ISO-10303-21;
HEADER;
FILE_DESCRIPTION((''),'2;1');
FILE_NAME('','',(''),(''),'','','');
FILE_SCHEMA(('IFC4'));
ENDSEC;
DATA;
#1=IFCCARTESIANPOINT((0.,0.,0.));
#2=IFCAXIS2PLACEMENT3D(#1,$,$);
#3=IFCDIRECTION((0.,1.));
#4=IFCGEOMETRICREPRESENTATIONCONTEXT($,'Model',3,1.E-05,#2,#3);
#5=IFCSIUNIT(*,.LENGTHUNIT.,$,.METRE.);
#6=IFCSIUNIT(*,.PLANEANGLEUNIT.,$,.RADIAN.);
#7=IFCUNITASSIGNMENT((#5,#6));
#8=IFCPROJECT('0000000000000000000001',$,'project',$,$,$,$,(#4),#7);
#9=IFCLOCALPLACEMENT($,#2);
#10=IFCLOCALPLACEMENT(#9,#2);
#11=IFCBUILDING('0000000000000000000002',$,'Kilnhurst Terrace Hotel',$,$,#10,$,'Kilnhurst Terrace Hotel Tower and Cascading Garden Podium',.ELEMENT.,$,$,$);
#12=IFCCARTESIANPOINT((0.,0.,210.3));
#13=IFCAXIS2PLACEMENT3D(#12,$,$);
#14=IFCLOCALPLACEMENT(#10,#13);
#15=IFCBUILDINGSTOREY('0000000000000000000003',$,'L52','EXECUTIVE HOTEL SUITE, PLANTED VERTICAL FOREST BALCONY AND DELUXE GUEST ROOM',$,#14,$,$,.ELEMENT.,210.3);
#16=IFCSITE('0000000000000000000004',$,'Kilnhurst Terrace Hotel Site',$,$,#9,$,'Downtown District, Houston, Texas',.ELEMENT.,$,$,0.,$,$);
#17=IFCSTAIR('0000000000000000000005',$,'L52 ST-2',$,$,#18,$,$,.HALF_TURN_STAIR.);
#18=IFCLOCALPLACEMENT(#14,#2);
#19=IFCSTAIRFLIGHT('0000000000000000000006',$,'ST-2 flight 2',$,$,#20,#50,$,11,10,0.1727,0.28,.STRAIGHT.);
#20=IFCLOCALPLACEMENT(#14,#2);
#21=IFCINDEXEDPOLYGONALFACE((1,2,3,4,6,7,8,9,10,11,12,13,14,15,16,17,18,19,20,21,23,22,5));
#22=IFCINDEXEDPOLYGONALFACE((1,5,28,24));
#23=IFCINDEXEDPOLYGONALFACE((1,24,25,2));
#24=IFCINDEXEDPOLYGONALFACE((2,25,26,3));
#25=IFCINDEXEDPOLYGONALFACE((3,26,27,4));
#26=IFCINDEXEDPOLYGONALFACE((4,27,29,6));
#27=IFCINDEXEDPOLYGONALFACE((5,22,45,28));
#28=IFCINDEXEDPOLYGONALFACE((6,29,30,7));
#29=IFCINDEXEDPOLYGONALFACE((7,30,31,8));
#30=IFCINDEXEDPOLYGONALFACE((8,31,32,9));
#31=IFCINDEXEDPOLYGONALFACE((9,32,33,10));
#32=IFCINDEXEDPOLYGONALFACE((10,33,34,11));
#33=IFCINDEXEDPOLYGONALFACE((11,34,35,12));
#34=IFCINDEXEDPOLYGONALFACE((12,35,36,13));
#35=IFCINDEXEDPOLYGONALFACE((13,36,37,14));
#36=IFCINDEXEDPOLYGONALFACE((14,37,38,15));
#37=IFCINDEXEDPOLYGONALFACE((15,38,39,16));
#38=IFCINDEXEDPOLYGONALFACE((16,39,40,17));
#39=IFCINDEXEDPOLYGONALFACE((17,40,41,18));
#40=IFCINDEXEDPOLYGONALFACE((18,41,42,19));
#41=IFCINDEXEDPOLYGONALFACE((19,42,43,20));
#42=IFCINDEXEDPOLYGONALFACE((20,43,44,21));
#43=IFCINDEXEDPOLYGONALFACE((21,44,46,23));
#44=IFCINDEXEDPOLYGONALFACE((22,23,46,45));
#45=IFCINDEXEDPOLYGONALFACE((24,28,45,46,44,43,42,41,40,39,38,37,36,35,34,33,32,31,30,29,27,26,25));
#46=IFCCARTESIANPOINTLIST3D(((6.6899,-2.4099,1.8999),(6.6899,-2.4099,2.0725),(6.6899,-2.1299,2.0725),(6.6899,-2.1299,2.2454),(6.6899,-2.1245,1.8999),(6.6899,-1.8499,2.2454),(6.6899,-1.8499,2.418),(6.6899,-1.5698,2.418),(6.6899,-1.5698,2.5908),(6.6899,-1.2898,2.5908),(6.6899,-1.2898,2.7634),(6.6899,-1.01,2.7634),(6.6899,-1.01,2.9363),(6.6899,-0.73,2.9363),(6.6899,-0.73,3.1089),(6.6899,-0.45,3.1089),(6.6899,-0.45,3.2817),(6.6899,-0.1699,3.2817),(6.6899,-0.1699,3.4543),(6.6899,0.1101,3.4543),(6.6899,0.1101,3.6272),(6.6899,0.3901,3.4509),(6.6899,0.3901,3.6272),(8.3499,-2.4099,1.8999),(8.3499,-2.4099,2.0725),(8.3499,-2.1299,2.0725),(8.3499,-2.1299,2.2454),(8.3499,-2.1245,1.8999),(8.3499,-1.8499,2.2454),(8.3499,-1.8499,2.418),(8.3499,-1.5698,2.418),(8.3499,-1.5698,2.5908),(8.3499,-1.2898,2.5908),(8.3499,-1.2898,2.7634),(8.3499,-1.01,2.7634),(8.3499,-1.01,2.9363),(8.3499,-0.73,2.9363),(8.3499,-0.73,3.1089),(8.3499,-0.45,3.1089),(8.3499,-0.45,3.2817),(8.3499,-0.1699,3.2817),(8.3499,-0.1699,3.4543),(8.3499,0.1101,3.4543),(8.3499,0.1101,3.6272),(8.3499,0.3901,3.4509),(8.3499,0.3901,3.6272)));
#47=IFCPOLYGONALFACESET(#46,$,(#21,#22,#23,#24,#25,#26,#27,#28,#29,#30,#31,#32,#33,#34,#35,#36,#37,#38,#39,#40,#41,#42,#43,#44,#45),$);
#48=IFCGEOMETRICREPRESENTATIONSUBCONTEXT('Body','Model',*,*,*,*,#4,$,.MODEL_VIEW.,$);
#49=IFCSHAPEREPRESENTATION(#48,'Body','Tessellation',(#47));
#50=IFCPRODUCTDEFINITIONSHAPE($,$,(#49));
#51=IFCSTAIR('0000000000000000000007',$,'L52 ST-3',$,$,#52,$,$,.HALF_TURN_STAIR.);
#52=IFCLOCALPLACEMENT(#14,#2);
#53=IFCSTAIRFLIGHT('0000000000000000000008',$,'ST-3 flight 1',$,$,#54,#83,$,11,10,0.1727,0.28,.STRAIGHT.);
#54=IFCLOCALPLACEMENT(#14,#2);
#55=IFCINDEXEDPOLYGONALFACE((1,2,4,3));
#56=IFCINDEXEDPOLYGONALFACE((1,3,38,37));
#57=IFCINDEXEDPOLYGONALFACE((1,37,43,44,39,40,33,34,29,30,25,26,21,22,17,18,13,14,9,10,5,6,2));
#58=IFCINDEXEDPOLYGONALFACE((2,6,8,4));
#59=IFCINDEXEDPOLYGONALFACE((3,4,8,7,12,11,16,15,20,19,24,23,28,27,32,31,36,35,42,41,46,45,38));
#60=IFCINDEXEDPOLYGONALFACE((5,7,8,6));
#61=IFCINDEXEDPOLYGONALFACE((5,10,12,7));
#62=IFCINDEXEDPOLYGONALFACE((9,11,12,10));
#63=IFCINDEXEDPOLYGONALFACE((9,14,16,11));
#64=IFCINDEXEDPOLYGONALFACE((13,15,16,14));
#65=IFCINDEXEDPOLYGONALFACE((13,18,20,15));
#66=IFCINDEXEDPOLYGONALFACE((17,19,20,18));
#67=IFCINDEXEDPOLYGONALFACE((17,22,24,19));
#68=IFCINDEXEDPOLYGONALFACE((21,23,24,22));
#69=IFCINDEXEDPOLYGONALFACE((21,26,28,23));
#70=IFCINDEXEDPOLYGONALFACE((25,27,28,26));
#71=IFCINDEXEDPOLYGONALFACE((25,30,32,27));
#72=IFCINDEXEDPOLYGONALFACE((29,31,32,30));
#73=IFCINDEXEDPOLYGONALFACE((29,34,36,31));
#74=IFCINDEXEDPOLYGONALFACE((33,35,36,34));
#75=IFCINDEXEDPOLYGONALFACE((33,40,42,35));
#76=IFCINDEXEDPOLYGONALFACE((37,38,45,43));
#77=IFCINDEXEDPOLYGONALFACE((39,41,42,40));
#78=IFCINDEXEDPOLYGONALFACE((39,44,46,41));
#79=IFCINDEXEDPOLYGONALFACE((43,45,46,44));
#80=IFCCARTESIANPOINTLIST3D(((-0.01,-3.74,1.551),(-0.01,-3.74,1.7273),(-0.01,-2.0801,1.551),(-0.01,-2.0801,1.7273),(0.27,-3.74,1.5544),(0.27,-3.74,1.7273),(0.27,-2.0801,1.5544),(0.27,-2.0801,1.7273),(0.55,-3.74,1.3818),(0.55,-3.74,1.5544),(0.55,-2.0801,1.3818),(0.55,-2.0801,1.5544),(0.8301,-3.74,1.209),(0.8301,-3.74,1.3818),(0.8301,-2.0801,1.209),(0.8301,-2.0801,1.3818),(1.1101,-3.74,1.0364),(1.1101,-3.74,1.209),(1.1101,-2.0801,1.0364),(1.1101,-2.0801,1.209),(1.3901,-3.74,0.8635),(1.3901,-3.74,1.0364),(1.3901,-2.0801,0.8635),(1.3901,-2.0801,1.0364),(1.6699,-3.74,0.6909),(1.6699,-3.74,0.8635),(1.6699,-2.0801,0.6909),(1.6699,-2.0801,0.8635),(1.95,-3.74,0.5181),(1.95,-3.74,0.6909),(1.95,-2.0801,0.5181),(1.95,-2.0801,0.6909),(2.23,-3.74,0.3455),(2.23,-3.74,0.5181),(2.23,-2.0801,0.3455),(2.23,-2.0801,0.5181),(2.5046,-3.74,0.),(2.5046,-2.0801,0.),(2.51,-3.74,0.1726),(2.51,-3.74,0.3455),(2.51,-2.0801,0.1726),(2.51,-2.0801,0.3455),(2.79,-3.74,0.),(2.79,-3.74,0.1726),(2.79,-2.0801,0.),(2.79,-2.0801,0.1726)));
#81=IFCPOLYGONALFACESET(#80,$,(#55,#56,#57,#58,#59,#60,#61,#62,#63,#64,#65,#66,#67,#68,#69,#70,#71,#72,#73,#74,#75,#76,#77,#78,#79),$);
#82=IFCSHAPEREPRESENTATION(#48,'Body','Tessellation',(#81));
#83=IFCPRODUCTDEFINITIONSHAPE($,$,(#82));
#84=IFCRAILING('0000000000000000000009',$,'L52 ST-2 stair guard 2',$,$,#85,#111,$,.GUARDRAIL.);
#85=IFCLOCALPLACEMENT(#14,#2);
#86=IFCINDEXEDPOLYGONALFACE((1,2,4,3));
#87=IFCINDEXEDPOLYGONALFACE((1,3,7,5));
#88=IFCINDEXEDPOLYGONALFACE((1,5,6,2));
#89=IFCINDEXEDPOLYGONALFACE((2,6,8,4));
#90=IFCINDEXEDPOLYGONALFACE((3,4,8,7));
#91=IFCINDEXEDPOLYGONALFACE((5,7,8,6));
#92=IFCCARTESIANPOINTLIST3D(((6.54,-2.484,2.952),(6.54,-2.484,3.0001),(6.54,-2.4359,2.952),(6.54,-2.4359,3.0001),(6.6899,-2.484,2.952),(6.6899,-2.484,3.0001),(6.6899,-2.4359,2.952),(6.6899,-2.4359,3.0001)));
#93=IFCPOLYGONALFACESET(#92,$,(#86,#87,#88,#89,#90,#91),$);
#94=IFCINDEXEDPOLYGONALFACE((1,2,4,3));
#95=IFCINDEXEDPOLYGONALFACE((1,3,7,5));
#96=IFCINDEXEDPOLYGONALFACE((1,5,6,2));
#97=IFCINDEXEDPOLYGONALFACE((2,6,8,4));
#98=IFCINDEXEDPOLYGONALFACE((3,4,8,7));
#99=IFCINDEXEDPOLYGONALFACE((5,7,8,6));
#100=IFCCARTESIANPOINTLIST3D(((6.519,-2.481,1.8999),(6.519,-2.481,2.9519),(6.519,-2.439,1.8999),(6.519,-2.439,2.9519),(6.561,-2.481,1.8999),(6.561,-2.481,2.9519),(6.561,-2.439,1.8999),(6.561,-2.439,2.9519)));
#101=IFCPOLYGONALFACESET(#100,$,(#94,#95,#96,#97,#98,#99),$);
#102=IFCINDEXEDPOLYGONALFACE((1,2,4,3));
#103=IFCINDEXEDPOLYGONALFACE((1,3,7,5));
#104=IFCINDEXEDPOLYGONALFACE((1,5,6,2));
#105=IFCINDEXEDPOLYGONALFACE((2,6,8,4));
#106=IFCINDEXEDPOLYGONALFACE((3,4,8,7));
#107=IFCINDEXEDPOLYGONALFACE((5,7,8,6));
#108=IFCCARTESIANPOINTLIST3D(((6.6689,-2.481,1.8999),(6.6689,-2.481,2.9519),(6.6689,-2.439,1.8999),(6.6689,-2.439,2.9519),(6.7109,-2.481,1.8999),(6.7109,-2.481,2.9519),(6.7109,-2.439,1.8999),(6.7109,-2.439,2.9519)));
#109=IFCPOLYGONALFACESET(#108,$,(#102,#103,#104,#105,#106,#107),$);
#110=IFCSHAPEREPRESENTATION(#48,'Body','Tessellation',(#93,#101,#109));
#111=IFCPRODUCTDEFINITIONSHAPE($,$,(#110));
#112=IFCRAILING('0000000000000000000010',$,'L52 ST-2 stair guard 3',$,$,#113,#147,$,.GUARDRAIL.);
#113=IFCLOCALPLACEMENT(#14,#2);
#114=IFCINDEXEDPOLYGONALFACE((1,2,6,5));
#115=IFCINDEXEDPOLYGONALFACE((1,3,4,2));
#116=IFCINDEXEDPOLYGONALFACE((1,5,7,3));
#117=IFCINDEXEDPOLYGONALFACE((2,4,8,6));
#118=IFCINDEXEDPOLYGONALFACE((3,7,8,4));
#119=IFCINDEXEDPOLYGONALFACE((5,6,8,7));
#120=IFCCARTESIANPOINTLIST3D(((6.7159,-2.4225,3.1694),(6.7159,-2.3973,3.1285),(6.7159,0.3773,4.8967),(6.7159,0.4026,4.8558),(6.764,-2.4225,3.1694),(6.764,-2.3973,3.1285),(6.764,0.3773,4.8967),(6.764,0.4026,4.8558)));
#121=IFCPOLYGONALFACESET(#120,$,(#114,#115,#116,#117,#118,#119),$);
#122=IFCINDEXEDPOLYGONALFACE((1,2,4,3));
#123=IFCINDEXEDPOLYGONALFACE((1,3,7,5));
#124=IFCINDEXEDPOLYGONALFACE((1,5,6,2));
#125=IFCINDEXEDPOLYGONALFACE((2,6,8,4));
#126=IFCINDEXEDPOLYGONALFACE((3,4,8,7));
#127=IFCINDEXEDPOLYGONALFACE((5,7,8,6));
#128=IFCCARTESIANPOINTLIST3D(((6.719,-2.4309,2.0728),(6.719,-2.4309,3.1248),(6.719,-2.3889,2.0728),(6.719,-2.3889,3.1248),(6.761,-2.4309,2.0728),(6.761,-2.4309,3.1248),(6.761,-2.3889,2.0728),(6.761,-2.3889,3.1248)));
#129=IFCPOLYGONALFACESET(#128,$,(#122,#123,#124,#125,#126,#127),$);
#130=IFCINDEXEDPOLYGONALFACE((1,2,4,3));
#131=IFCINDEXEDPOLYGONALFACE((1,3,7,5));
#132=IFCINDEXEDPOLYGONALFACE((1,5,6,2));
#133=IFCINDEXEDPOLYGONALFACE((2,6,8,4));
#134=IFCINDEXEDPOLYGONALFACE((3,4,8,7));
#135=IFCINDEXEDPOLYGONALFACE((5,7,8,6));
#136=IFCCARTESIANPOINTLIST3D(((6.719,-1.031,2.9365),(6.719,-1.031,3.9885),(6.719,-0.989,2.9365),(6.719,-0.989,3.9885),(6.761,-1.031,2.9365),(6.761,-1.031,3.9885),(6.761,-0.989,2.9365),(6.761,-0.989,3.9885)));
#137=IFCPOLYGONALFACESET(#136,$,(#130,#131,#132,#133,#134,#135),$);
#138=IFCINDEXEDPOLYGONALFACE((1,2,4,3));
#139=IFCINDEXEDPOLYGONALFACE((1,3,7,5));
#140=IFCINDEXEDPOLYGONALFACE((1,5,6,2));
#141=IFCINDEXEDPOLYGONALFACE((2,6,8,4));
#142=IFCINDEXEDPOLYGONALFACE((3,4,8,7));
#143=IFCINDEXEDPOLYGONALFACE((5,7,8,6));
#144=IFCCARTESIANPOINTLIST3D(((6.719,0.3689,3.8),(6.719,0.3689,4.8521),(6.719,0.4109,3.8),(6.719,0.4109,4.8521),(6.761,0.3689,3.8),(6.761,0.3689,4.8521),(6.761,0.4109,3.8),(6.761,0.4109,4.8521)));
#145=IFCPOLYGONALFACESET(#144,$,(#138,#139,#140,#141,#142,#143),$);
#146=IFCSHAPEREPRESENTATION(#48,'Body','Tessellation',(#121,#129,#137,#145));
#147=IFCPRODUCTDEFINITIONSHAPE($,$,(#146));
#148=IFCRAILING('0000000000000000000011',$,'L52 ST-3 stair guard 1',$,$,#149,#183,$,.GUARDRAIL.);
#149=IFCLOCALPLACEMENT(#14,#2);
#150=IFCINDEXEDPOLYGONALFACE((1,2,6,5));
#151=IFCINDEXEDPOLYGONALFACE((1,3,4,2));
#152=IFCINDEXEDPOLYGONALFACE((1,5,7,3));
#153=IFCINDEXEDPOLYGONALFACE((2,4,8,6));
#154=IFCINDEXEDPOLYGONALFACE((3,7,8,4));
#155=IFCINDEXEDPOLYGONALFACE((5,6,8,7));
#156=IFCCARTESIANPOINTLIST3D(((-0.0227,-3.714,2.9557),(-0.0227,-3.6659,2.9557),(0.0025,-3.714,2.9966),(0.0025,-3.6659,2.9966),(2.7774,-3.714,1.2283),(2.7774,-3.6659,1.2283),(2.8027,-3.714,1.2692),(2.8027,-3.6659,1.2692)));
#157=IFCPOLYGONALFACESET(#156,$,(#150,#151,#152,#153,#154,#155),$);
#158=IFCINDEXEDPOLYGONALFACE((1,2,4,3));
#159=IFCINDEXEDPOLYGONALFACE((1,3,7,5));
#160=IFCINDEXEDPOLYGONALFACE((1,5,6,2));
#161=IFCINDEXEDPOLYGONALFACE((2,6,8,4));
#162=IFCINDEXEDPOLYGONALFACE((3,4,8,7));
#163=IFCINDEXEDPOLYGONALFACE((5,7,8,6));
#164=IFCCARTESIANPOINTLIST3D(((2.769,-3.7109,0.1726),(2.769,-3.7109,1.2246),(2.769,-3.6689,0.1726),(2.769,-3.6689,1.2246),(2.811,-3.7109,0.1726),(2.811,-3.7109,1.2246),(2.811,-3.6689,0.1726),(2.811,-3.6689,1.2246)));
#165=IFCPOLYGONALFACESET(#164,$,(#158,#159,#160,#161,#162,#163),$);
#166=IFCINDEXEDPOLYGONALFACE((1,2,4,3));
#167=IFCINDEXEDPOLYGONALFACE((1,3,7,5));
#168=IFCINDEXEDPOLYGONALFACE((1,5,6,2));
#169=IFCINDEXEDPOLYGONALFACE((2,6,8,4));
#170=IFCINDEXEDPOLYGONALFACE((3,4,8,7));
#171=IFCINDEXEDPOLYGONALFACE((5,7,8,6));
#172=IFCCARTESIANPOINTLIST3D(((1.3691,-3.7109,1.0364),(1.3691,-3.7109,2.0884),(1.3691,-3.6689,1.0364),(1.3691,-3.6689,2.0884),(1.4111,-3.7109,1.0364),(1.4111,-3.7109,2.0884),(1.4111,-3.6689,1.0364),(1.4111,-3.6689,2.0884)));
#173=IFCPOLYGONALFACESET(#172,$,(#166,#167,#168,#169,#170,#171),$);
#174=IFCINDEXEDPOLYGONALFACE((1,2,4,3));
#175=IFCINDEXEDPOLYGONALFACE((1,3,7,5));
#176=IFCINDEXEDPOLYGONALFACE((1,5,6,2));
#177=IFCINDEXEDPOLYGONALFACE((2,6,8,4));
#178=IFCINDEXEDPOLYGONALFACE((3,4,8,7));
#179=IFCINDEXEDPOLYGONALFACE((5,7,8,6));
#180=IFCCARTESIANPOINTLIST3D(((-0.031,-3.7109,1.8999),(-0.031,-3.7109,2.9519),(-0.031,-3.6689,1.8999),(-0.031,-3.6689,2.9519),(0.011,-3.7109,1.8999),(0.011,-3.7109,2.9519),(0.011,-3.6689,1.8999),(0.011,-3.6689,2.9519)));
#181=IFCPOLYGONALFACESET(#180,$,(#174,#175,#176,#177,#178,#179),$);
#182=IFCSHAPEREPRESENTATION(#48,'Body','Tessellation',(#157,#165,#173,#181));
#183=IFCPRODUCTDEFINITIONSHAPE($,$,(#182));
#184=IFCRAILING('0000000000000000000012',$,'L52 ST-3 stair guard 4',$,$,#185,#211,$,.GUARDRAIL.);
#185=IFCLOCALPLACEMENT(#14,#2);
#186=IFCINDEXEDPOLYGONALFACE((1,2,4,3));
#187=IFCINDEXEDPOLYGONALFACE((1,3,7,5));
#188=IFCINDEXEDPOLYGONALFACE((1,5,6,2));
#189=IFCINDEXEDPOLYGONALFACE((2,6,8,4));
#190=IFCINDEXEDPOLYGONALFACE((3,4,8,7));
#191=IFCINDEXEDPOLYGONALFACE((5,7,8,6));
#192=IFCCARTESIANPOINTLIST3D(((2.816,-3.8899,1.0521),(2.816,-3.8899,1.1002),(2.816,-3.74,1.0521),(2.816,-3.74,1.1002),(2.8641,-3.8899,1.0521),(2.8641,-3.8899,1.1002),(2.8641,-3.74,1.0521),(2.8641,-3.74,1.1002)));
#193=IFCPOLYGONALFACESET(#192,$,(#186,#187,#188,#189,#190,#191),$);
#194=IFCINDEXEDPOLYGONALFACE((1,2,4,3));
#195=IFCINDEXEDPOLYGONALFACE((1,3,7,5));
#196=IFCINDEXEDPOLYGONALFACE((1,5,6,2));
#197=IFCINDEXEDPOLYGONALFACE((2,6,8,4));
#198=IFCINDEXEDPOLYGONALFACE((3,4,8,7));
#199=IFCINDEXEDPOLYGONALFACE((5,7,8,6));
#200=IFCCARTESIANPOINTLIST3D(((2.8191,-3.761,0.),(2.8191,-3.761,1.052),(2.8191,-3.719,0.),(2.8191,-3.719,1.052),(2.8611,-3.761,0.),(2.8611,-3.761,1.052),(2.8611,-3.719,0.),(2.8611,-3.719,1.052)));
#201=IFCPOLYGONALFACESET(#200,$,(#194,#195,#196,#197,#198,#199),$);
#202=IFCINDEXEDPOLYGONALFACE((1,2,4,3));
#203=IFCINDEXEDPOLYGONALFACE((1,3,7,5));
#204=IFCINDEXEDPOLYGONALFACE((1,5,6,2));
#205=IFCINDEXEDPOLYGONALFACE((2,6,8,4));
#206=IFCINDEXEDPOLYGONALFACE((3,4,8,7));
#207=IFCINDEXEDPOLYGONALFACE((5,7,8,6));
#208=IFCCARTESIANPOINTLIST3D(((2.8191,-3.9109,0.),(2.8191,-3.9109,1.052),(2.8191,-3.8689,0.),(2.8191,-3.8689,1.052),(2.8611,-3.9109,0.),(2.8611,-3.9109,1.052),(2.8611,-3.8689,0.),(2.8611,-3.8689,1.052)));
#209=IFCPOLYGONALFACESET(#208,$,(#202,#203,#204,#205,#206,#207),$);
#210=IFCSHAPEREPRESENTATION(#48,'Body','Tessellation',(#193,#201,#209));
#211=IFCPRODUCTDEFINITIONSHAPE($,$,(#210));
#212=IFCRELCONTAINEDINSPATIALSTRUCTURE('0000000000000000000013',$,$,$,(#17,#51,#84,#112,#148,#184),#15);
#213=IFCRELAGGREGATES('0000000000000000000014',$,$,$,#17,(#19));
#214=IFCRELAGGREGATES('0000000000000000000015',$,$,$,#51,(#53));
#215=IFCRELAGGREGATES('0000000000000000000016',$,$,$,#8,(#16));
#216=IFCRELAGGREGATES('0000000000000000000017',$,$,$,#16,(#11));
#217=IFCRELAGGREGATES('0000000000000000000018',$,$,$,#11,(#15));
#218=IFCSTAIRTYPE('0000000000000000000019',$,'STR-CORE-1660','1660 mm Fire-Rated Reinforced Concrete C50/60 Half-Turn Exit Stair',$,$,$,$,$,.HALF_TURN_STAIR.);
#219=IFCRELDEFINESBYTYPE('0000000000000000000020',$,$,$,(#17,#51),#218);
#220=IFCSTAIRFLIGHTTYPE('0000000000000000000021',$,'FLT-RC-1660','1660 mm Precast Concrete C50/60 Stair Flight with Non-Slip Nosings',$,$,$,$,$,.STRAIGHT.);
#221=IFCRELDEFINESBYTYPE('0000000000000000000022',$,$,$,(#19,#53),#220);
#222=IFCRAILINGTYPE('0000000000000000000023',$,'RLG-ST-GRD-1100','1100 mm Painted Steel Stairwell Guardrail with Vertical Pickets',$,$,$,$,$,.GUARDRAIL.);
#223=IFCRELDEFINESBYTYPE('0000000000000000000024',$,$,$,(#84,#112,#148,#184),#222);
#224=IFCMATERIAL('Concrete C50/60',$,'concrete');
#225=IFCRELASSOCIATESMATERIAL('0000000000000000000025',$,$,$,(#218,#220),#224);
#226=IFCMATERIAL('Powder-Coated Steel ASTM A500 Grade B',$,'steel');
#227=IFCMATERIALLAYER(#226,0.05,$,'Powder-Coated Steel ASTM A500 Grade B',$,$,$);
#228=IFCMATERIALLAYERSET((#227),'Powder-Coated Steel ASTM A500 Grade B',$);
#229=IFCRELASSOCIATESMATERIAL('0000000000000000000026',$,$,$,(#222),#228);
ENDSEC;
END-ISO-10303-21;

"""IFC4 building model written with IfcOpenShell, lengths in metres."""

from ifc_helpers import new_model, si_unit, direction, frame, origin, origin_2d, place, context, subcontext, project, spatial, polyline, rectangle, outline, extrude, material, layer, layer_set, type_object, element, aggregate, save


model = new_model("IFC4")

# Units and contexts
model_context = context("Model", 3, precision=1e-05, world=origin(), true_north=direction((0.0, 1.0)))
body_context = subcontext(model_context, "Body", "Model", "MODEL_VIEW")
ifc_project = project(units=[si_unit("LENGTHUNIT", "METRE"), si_unit("PLANEANGLEUNIT", "RADIAN")], contexts=[model_context])

# Site, building, storey
site_placement = place(None, origin())
site = spatial("IfcSite", under=ifc_project, at=site_placement, Name="Kilnhurst Terrace Hotel Site", LongName="Downtown District, Houston, Texas", CompositionType="ELEMENT", RefElevation=0.0)
building_placement = place(site_placement, origin())
building = spatial("IfcBuilding", under=site, at=building_placement, Name="Kilnhurst Terrace Hotel", LongName="Kilnhurst Terrace Hotel Tower and Cascading Garden Podium", CompositionType="ELEMENT")
storey_placement = place(building_placement, frame((0.0, 0.0, 210.3)))
storey = spatial("IfcBuildingStorey", under=building, at=storey_placement, Name="L52", Description="EXECUTIVE HOTEL SUITE, PLANTED VERTICAL FOREST BALCONY AND DELUXE GUEST ROOM", CompositionType="ELEMENT", Elevation=210.3)

# Shared definitions
ifc_material_1 = material(Name="Concrete C50/60", Category="concrete")

# Stairs, stair flights
stair_type = type_object("IfcStairType", Name="STR-CORE-1660", Description="1660 mm Fire-Rated Reinforced Concrete C50/60 Half-Turn Exit Stair", PredefinedType="HALF_TURN_STAIR", material=ifc_material_1)
stair_1_placement = place(storey_placement, origin())
stair_1 = element("IfcStair", 1, at=stair_1_placement, inside=storey, type_object=stair_type, Name="L52 ST-2", PredefinedType="HALF_TURN_STAIR")
stair_flight_type = type_object("IfcStairFlightType", Name="FLT-RC-1660", Description="1660 mm Precast Concrete C50/60 Stair Flight with Non-Slip Nosings", PredefinedType="STRAIGHT", material=ifc_material_1)
stair_flight_1_placement = place(storey_placement, frame((7.52, -2.4099, 1.8999), z_axis=(0.0, 0.0, 1.0), x_axis=(0.0, 1.0, 0.0)))
stair_flight_1 = element("IfcStairFlight", 2, at=stair_flight_1_placement, type_object=stair_flight_type, Name="ST-2 flight 2", NumberOfRisers=11, NumberOfTreads=10, PredefinedType="STRAIGHT", RiserHeight=0.1727, TreadLength=0.28, context=body_context, shape_type="SweptSolid", body=[
    extrude(outline(polyline([(0.0, 0.0), (0.0, 0.1726), (0.28, 0.1726), (0.28, 0.3455), (0.5601, 0.3455), (0.5601, 0.5181), (0.8401, 0.5181), (0.8401, 0.6909), (1.1201, 0.6909), (1.1201, 0.8635), (1.3999, 0.8635), (1.3999, 1.0364), (1.6799, 1.0364), (1.6799, 1.209), (1.96, 1.209), (1.96, 1.3818), (2.24, 1.3818), (2.24, 1.5544), (2.52, 1.5544), (2.52, 1.7273), (2.8, 1.7273), (2.8, 1.8999), (2.8, 1.551), (0.2854, 0.0), (0.0, 0.0)])), frame((0.0, 0.8301, 0.0), z_axis=(0.0, -1.0, 0.0), x_axis=(1.0, 0.0, 0.0)), (0.0, 0.0, 1.0), 1.6599),
])
aggregate(stair_1, [stair_flight_1])
stair_2_placement = place(storey_placement, origin())
stair_2 = element("IfcStair", 3, at=stair_2_placement, inside=storey, type_object=stair_type, Name="L52 ST-3", PredefinedType="HALF_TURN_STAIR")
stair_flight_2_placement = place(storey_placement, frame((2.79, -2.9099, 0.0), z_axis=(0.0, 0.0, 1.0), x_axis=(-1.0, 0.0, 0.0)))
stair_flight_2 = element("IfcStairFlight", 4, at=stair_flight_2_placement, type_object=stair_flight_type, Name="ST-3 flight 1", NumberOfRisers=11, NumberOfTreads=10, PredefinedType="STRAIGHT", RiserHeight=0.1727, TreadLength=0.28, context=body_context, shape_type="SweptSolid", body=[
    extrude(outline(polyline([(0.0, 0.0), (0.0, 0.1726), (0.28, 0.1726), (0.28, 0.3455), (0.5601, 0.3455), (0.5601, 0.5181), (0.8401, 0.5181), (0.8401, 0.6909), (1.1201, 0.6909), (1.1201, 0.8635), (1.3999, 0.8635), (1.3999, 1.0364), (1.6799, 1.0364), (1.6799, 1.209), (1.96, 1.209), (1.96, 1.3818), (2.24, 1.3818), (2.24, 1.5544), (2.52, 1.5544), (2.52, 1.7273), (2.8, 1.7273), (2.8, 1.8999), (2.8, 1.551), (0.2854, 0.0), (0.0, 0.0)])), frame((0.0, 0.8301, 0.0), z_axis=(0.0, -1.0, 0.0), x_axis=(1.0, 0.0, 0.0)), (0.0, 0.0, 1.0), 1.6599),
])
aggregate(stair_2, [stair_flight_2])

# Railings
ifc_material_2 = material(Name="Powder-Coated Steel ASTM A500 Grade B", Category="steel")
ifc_layer_1 = layer(ifc_material_2, 0.05, Name="Powder-Coated Steel ASTM A500 Grade B")
ifc_layer_set_1 = layer_set([ifc_layer_1], Name="Powder-Coated Steel ASTM A500 Grade B")
railing_type_1 = type_object("IfcRailingType", Name="RLG-ST-GRD-1100", Description="1100 mm Painted Steel Stairwell Guardrail with Vertical Pickets", PredefinedType="GUARDRAIL", material=ifc_layer_set_1)
railing_1_placement = place(storey_placement, frame((6.54, -2.46, 1.8999)))
element("IfcRailing", 5, at=railing_1_placement, inside=storey, type_object=railing_type_1, Name="L52 ST-2 stair guard 2", PredefinedType="GUARDRAIL", context=body_context, shape_type="SweptSolid", body=[
    extrude(rectangle(XDim=0.0481, YDim=0.0481, at=origin_2d()), frame((0.0, 0.0, 1.0762), z_axis=(1.0, 0.0, 0.0), x_axis=(0.0, 1.0, 0.0)), (0.0, 0.0, 1.0), 0.1499),
    extrude(rectangle(XDim=0.042, YDim=0.042, at=origin_2d()), origin(), (0.0, 0.0, 1.0), 1.052),
    extrude(rectangle(XDim=0.042, YDim=0.042, at=origin_2d()), frame((0.1499, 0.0, 0.0)), (0.0, 0.0, 1.0), 1.052),
])
railing_2_placement = place(storey_placement, frame((6.74, -2.4099, 2.0728)))
element("IfcRailing", 6, at=railing_2_placement, inside=storey, type_object=railing_type_1, Name="L52 ST-2 stair guard 3", PredefinedType="GUARDRAIL", context=body_context, shape_type="SweptSolid", body=[
    extrude(rectangle(XDim=0.0481, YDim=0.0481, at=origin_2d()), frame((0.0, 0.0, 1.0762), z_axis=(0.0, 0.851069, 0.525054), x_axis=(-1.0, 0.0, 0.0)), (0.0, 0.0, 1.0), 3.2898),
    extrude(rectangle(XDim=0.042, YDim=0.042, at=origin_2d()), origin(), (0.0, 0.0, 1.0), 1.052),
    extrude(rectangle(XDim=0.042, YDim=0.042, at=origin_2d()), frame((0.0, 1.3999, 0.8638)), (0.0, 0.0, 1.0), 1.052),
    extrude(rectangle(XDim=0.042, YDim=0.042, at=origin_2d()), frame((0.0, 2.7998, 1.7273)), (0.0, 0.0, 1.0), 1.052),
])
railing_3_placement = place(storey_placement, frame((2.79, -3.6899, 0.1726)))
element("IfcRailing", 7, at=railing_3_placement, inside=storey, type_object=railing_type_1, Name="L52 ST-3 stair guard 1", PredefinedType="GUARDRAIL", context=body_context, shape_type="SweptSolid", body=[
    extrude(rectangle(XDim=0.0481, YDim=0.0481, at=origin_2d()), frame((0.0, 0.0, 1.0762), z_axis=(-0.85109, 0.0, 0.52502), x_axis=(0.0, -1.0, 0.0)), (0.0, 0.0, 1.0), 3.29),
    extrude(rectangle(XDim=0.042, YDim=0.042, at=origin_2d()), origin(), (0.0, 0.0, 1.0), 1.052),
    extrude(rectangle(XDim=0.042, YDim=0.042, at=origin_2d()), frame((-1.3999, 0.0, 0.8638)), (0.0, 0.0, 1.0), 1.052),
    extrude(rectangle(XDim=0.042, YDim=0.042, at=origin_2d()), frame((-2.8, 0.0, 1.7273)), (0.0, 0.0, 1.0), 1.052),
])
railing_4_placement = place(storey_placement, frame((2.8401, -3.74, 0.0)))
element("IfcRailing", 8, at=railing_4_placement, inside=storey, type_object=railing_type_1, Name="L52 ST-3 stair guard 4", PredefinedType="GUARDRAIL", context=body_context, shape_type="SweptSolid", body=[
    extrude(rectangle(XDim=0.0481, YDim=0.0481, at=origin_2d()), frame((0.0, 0.0, 1.0762), z_axis=(0.0, -1.0, 0.0), x_axis=(1.0, 0.0, 0.0)), (0.0, 0.0, 1.0), 0.1499),
    extrude(rectangle(XDim=0.042, YDim=0.042, at=origin_2d()), origin(), (0.0, 0.0, 1.0), 1.052),
    extrude(rectangle(XDim=0.042, YDim=0.042, at=origin_2d()), frame((0.0, -0.1499, 0.0)), (0.0, 0.0, 1.0), 1.052),
])

save(model, "model.ifc")
